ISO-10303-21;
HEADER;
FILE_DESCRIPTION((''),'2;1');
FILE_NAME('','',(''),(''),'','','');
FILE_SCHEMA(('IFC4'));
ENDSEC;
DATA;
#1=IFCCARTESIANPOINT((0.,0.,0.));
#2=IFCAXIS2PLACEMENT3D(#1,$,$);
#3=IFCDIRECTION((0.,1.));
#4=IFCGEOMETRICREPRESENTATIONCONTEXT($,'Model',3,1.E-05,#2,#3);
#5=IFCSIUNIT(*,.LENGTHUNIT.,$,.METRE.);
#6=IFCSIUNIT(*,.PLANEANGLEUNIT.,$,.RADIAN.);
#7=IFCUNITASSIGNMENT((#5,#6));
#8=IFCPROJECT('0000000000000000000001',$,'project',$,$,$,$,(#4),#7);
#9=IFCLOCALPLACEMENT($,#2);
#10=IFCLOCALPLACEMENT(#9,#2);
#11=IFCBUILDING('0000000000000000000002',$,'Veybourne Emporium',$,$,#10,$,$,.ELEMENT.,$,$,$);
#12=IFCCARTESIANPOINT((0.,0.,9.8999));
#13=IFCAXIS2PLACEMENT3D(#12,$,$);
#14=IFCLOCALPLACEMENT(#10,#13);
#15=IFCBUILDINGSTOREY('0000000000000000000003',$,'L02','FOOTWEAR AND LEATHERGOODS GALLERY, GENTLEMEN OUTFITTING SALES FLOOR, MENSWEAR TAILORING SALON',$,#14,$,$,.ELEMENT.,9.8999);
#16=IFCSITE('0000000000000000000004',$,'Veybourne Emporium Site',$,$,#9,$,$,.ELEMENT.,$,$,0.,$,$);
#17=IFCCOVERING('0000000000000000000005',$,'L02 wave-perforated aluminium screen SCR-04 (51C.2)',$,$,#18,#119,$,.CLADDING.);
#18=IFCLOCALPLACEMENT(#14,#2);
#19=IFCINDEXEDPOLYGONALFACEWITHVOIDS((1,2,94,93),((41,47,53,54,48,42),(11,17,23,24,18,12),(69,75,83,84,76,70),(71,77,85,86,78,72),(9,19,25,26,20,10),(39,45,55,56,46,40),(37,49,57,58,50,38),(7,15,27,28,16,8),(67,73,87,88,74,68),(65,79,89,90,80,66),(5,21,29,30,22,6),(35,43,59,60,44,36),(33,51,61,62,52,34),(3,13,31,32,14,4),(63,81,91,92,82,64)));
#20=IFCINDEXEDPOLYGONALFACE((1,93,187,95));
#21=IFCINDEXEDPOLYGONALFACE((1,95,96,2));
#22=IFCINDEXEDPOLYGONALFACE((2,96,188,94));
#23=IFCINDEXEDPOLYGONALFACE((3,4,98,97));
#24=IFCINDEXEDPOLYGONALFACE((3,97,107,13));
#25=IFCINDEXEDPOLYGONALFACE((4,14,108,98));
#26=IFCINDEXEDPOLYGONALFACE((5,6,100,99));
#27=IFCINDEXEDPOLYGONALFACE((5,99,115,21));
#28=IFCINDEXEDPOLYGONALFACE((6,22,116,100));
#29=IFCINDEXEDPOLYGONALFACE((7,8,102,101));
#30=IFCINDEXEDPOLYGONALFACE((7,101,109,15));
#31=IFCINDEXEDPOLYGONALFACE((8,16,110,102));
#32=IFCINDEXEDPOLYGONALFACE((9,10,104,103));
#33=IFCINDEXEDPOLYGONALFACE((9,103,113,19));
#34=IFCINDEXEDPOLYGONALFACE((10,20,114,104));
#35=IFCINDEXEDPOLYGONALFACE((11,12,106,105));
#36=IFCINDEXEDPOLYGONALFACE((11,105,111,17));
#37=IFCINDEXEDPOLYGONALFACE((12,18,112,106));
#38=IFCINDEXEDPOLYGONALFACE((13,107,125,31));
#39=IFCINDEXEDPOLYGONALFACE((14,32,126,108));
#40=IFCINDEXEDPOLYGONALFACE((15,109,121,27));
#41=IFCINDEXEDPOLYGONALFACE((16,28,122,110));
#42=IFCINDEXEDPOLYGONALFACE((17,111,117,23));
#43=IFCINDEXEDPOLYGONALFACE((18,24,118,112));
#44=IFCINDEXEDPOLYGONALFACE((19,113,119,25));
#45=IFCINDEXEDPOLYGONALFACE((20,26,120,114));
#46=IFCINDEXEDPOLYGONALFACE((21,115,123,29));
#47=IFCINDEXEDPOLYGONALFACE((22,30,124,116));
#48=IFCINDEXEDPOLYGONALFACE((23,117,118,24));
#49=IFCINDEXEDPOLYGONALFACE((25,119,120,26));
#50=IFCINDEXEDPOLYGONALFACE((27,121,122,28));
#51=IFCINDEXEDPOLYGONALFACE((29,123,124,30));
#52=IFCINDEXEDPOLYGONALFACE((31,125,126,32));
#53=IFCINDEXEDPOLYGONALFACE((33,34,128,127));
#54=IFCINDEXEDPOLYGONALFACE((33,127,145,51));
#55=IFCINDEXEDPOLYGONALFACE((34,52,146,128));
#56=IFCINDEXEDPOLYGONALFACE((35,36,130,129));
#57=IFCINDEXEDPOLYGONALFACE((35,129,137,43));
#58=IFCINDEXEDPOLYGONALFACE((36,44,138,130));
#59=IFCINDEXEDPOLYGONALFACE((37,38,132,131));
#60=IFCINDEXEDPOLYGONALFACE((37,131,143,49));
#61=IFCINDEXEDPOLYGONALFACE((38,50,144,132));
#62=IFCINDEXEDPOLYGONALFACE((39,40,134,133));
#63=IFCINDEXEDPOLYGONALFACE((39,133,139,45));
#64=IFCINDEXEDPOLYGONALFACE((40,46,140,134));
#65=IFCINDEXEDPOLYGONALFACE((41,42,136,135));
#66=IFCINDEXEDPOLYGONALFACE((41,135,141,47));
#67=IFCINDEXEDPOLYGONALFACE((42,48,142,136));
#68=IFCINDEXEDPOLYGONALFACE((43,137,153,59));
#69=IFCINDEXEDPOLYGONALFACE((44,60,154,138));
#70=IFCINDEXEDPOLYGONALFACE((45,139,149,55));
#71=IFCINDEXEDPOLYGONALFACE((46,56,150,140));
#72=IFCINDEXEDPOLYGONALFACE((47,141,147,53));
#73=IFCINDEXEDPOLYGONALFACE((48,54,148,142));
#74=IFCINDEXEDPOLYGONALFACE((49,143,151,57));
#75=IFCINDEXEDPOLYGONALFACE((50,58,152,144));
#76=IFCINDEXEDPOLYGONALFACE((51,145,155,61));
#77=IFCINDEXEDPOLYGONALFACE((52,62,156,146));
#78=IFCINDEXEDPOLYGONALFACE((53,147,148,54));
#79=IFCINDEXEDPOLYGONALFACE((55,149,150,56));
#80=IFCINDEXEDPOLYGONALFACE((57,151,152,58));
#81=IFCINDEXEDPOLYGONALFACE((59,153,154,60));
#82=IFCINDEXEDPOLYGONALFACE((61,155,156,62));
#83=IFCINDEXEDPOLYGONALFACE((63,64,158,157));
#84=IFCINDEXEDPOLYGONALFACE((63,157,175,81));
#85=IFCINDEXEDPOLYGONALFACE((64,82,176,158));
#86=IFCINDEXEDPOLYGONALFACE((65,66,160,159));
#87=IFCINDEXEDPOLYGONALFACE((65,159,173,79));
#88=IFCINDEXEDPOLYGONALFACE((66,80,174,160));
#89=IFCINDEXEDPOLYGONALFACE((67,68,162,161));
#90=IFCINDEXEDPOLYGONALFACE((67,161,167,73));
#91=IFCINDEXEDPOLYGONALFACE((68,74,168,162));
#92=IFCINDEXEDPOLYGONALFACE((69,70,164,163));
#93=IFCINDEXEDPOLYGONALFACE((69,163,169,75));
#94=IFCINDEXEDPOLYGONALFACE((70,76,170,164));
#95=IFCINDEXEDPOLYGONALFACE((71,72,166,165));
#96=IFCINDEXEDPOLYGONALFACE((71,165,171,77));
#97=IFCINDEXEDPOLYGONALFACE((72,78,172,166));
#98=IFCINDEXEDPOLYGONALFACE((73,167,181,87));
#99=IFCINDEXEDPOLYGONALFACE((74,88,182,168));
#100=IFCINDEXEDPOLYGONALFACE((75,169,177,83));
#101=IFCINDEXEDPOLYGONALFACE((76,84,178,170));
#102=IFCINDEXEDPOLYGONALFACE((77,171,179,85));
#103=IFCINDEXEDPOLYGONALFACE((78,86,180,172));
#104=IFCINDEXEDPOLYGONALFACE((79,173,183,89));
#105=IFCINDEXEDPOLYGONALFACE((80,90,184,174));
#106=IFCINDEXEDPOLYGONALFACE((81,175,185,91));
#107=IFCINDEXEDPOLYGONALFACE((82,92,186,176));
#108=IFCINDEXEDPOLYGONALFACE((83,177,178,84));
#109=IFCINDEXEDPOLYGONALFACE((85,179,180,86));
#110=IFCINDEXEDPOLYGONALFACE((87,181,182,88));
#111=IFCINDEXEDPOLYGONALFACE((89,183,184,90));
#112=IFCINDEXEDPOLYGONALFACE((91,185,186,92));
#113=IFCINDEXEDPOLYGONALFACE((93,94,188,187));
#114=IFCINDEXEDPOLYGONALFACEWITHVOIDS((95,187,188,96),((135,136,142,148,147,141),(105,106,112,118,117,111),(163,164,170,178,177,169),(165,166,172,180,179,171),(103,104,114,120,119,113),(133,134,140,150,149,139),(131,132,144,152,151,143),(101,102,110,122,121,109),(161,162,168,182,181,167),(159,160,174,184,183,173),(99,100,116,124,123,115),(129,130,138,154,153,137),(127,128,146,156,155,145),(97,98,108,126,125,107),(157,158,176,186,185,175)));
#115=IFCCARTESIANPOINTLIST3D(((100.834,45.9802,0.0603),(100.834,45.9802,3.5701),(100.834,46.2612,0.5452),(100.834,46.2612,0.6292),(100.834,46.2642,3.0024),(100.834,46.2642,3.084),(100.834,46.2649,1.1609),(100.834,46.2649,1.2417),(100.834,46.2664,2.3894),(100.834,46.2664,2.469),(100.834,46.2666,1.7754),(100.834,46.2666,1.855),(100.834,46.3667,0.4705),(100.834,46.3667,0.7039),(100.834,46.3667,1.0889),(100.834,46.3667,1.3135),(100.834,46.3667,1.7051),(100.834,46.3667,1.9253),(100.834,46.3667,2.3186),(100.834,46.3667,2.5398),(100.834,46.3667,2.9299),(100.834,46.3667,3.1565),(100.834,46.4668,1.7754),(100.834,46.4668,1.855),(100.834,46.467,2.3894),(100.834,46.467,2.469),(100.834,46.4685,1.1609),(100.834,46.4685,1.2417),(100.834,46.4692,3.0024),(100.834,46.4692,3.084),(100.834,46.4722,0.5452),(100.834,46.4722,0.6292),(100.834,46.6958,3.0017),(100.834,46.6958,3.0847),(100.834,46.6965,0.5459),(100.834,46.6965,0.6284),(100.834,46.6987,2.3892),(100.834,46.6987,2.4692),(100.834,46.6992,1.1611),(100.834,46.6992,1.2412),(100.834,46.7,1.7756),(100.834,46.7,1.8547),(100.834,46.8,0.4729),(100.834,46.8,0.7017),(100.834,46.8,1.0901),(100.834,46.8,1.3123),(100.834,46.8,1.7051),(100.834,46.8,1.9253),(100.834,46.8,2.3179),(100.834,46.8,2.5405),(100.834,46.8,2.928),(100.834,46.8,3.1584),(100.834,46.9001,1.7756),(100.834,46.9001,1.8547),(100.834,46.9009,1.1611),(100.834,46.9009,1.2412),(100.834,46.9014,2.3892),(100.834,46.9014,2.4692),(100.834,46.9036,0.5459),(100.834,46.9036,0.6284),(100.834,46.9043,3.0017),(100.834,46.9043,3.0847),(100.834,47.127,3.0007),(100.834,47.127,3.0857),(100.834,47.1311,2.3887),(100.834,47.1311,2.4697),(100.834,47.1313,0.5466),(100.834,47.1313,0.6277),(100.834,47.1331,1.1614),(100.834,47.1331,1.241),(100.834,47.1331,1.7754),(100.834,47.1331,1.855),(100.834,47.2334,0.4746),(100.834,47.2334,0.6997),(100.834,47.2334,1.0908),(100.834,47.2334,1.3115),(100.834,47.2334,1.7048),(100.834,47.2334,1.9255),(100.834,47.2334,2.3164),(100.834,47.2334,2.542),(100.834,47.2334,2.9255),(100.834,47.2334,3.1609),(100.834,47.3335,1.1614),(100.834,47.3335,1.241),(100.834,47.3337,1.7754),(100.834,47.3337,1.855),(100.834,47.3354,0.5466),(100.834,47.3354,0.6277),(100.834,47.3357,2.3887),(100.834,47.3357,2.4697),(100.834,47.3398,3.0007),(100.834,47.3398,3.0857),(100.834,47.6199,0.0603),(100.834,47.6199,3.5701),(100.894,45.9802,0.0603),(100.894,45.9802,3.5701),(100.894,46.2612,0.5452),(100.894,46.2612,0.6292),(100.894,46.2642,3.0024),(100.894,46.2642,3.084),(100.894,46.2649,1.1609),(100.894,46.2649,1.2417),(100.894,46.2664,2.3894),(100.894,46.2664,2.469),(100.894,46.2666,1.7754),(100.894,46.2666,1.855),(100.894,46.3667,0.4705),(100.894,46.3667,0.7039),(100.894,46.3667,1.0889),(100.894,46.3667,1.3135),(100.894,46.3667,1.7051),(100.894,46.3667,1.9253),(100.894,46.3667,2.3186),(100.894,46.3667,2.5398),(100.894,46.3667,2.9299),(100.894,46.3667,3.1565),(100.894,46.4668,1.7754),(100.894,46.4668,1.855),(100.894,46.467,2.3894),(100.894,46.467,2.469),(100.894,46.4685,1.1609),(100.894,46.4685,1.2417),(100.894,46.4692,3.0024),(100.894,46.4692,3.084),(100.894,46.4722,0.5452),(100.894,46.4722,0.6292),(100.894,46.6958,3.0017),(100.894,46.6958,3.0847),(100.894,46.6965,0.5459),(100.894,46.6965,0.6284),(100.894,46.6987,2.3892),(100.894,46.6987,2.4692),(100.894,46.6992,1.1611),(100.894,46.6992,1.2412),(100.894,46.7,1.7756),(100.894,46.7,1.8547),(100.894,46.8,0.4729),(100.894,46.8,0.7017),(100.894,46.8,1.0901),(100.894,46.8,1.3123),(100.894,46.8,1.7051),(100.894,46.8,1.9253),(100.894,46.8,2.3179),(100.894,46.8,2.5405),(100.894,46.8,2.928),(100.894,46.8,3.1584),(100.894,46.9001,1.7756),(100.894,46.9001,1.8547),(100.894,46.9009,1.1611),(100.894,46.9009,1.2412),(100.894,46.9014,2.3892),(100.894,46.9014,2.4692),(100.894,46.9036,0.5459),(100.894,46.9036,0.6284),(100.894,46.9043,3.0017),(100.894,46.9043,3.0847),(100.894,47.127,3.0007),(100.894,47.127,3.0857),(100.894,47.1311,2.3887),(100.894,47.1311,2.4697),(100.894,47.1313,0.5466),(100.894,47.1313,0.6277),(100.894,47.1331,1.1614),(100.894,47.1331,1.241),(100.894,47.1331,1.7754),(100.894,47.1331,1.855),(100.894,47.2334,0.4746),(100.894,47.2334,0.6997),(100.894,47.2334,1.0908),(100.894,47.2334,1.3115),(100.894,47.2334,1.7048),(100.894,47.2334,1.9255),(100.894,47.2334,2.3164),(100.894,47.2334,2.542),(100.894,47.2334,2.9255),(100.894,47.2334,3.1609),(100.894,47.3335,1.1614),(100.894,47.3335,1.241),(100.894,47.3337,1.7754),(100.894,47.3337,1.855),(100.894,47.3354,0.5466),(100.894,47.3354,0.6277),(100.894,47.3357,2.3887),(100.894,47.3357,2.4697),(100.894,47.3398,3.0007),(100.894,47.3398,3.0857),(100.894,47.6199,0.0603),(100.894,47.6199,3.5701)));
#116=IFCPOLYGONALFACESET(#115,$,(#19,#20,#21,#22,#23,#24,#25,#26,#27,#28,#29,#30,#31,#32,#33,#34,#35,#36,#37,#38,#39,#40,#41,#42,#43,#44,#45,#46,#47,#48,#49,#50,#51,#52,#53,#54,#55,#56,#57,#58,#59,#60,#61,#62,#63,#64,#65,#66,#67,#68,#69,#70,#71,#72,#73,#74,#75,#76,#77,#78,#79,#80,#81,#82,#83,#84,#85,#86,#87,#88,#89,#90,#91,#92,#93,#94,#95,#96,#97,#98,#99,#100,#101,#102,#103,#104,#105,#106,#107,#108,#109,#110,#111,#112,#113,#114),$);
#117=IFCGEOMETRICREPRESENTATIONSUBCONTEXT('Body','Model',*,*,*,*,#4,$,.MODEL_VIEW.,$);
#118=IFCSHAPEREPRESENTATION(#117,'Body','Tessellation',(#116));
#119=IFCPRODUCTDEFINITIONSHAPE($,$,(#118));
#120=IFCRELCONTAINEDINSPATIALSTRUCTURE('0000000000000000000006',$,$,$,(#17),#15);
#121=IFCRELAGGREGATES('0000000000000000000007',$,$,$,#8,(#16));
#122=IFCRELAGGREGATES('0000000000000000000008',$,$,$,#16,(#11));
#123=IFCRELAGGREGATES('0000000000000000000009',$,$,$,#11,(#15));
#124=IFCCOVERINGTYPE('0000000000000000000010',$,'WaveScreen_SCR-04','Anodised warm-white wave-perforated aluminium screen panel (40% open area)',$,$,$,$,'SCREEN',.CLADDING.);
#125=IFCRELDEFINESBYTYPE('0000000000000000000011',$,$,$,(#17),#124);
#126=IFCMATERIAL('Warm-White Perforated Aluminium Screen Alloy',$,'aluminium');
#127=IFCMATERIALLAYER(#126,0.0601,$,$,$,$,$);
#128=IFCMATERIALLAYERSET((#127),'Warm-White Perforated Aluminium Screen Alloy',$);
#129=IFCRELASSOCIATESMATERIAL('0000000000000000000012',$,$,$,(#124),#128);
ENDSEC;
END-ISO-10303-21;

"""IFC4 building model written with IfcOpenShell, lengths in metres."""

from ifc_helpers import new_model, si_unit, direction, frame, origin, place, context, subcontext, project, spatial, polyline, outline, extrude, material, layer, layer_set, type_object, element, save


model = new_model("IFC4")

# Units and contexts
model_context = context("Model", 3, precision=1e-05, world=origin(), true_north=direction((0.0, 1.0)))
body_context = subcontext(model_context, "Body", "Model", "MODEL_VIEW")
ifc_project = project(units=[si_unit("LENGTHUNIT", "METRE"), si_unit("PLANEANGLEUNIT", "RADIAN")], contexts=[model_context])

# Site, building, storey
site_placement = place(None, origin())
site = spatial("IfcSite", under=ifc_project, at=site_placement, Name="Veybourne Emporium Site", CompositionType="ELEMENT", RefElevation=0.0)
building_placement = place(site_placement, origin())
building = spatial("IfcBuilding", under=site, at=building_placement, Name="Veybourne Emporium", CompositionType="ELEMENT")
storey_placement = place(building_placement, frame((0.0, 0.0, 9.8999)))
storey = spatial("IfcBuildingStorey", under=building, at=storey_placement, Name="L02", Description="FOOTWEAR AND LEATHERGOODS GALLERY, GENTLEMEN OUTFITTING SALES FLOOR, MENSWEAR TAILORING SALON", CompositionType="ELEMENT", Elevation=9.8999)

# Covering
ifc_material_1 = material(Name="Warm-White Perforated Aluminium Screen Alloy", Category="aluminium")
ifc_layer_1 = layer(ifc_material_1, 0.0601)
ifc_layer_set_1 = layer_set([ifc_layer_1], Name="Warm-White Perforated Aluminium Screen Alloy")
covering_type_1 = type_object("IfcCoveringType", Name="WaveScreen_SCR-04", Description="Anodised warm-white wave-perforated aluminium screen panel (40% open area)", ElementType="SCREEN", PredefinedType="CLADDING", material=ifc_layer_set_1)
covering_1_placement = place(storey_placement, frame((100.894, 46.8, 1.8152), z_axis=(-1.0, 0.0, 0.0), x_axis=(0.0, -1.0, 0.0)))
element("IfcCovering", 1, at=covering_1_placement, inside=storey, type_object=covering_type_1, Name="L02 wave-perforated aluminium screen SCR-04 (51C.2)", PredefinedType="CLADDING", context=body_context, shape_type="SweptSolid", body=[
    extrude(outline(polyline([(-0.8198, -1.7549), (0.8198, -1.7549), (0.8198, 1.7549), (-0.8198, 1.7549), (-0.8198, -1.7549)]), holes=[polyline([(-0.4333, -1.1155), (-0.3313, -1.1875), (-0.3313, -1.2686), (-0.4333, -1.3406), (-0.5354, -1.2686), (-0.5354, -1.1875), (-0.4333, -1.1155)]), polyline([(-0.4333, -0.5037), (-0.333, -0.5742), (-0.333, -0.6538), (-0.4333, -0.7244), (-0.5334, -0.6538), (-0.5334, -0.5742), (-0.4333, -0.5037)]), polyline([(-0.4333, 0.1104), (-0.333, 0.0398), (-0.333, -0.0398), (-0.4333, -0.1104), (-0.5337, -0.0398), (-0.5337, 0.0398), (-0.4333, 0.1104)]), polyline([(-0.4333, 0.7268), (-0.3311, 0.6545), (-0.3311, 0.5735), (-0.4333, 0.5012), (-0.5356, 0.5735), (-0.5356, 0.6545), (-0.4333, 0.7268)]), polyline([(-0.4333, 1.3457), (-0.3269, 1.2705), (-0.3269, 1.1855), (-0.4333, 1.1104), (-0.5398, 1.1855), (-0.5398, 1.2705), (-0.4333, 1.3457)]), polyline([(0.0, -1.1135), (0.1035, -1.1868), (0.1035, -1.2693), (0.0, -1.3423), (-0.1035, -1.2693), (-0.1035, -1.1868), (0.0, -1.1135)]), polyline([(0.0, -0.5029), (0.1008, -0.574), (0.1008, -0.6541), (0.0, -0.7251), (-0.1008, -0.6541), (-0.1008, -0.574), (0.0, -0.5029)]), polyline([(0.0, 0.1101), (0.1001, 0.0396), (0.1001, -0.0396), (0.0, -0.1101), (-0.1001, -0.0396), (-0.1001, 0.0396), (0.0, 0.1101)]), polyline([(0.0, 0.7253), (0.1013, 0.6541), (0.1013, 0.574), (0.0, 0.5027), (-0.1013, 0.574), (-0.1013, 0.6541), (0.0, 0.7253)]), polyline([(0.0, 1.3433), (0.1042, 1.2695), (0.1042, 1.1865), (0.0, 1.1128), (-0.1042, 1.1865), (-0.1042, 1.2695), (0.0, 1.3433)]), polyline([(0.4333, -1.1113), (0.5388, -1.186), (0.5388, -1.27), (0.4333, -1.3447), (0.3279, -1.27), (0.3279, -1.186), (0.4333, -1.1113)]), polyline([(0.4333, -0.5017), (0.5352, -0.5735), (0.5352, -0.6543), (0.4333, -0.7263), (0.3315, -0.6543), (0.3315, -0.5735), (0.4333, -0.5017)]), polyline([(0.4333, 0.1101), (0.5334, 0.0398), (0.5334, -0.0398), (0.4333, -0.1101), (0.3333, -0.0398), (0.3333, 0.0398), (0.4333, 0.1101)]), polyline([(0.4333, 0.7246), (0.5337, 0.6538), (0.5337, 0.5742), (0.4333, 0.5034), (0.333, 0.5742), (0.333, 0.6538), (0.4333, 0.7246)]), polyline([(0.4333, 1.3413), (0.5359, 1.2688), (0.5359, 1.1873), (0.4333, 1.1147), (0.3308, 1.1873), (0.3308, 1.2688), (0.4333, 1.3413)])]), origin(), (0.0, 0.0, 1.0), 0.0601),
])

save(model, "model.ifc")
